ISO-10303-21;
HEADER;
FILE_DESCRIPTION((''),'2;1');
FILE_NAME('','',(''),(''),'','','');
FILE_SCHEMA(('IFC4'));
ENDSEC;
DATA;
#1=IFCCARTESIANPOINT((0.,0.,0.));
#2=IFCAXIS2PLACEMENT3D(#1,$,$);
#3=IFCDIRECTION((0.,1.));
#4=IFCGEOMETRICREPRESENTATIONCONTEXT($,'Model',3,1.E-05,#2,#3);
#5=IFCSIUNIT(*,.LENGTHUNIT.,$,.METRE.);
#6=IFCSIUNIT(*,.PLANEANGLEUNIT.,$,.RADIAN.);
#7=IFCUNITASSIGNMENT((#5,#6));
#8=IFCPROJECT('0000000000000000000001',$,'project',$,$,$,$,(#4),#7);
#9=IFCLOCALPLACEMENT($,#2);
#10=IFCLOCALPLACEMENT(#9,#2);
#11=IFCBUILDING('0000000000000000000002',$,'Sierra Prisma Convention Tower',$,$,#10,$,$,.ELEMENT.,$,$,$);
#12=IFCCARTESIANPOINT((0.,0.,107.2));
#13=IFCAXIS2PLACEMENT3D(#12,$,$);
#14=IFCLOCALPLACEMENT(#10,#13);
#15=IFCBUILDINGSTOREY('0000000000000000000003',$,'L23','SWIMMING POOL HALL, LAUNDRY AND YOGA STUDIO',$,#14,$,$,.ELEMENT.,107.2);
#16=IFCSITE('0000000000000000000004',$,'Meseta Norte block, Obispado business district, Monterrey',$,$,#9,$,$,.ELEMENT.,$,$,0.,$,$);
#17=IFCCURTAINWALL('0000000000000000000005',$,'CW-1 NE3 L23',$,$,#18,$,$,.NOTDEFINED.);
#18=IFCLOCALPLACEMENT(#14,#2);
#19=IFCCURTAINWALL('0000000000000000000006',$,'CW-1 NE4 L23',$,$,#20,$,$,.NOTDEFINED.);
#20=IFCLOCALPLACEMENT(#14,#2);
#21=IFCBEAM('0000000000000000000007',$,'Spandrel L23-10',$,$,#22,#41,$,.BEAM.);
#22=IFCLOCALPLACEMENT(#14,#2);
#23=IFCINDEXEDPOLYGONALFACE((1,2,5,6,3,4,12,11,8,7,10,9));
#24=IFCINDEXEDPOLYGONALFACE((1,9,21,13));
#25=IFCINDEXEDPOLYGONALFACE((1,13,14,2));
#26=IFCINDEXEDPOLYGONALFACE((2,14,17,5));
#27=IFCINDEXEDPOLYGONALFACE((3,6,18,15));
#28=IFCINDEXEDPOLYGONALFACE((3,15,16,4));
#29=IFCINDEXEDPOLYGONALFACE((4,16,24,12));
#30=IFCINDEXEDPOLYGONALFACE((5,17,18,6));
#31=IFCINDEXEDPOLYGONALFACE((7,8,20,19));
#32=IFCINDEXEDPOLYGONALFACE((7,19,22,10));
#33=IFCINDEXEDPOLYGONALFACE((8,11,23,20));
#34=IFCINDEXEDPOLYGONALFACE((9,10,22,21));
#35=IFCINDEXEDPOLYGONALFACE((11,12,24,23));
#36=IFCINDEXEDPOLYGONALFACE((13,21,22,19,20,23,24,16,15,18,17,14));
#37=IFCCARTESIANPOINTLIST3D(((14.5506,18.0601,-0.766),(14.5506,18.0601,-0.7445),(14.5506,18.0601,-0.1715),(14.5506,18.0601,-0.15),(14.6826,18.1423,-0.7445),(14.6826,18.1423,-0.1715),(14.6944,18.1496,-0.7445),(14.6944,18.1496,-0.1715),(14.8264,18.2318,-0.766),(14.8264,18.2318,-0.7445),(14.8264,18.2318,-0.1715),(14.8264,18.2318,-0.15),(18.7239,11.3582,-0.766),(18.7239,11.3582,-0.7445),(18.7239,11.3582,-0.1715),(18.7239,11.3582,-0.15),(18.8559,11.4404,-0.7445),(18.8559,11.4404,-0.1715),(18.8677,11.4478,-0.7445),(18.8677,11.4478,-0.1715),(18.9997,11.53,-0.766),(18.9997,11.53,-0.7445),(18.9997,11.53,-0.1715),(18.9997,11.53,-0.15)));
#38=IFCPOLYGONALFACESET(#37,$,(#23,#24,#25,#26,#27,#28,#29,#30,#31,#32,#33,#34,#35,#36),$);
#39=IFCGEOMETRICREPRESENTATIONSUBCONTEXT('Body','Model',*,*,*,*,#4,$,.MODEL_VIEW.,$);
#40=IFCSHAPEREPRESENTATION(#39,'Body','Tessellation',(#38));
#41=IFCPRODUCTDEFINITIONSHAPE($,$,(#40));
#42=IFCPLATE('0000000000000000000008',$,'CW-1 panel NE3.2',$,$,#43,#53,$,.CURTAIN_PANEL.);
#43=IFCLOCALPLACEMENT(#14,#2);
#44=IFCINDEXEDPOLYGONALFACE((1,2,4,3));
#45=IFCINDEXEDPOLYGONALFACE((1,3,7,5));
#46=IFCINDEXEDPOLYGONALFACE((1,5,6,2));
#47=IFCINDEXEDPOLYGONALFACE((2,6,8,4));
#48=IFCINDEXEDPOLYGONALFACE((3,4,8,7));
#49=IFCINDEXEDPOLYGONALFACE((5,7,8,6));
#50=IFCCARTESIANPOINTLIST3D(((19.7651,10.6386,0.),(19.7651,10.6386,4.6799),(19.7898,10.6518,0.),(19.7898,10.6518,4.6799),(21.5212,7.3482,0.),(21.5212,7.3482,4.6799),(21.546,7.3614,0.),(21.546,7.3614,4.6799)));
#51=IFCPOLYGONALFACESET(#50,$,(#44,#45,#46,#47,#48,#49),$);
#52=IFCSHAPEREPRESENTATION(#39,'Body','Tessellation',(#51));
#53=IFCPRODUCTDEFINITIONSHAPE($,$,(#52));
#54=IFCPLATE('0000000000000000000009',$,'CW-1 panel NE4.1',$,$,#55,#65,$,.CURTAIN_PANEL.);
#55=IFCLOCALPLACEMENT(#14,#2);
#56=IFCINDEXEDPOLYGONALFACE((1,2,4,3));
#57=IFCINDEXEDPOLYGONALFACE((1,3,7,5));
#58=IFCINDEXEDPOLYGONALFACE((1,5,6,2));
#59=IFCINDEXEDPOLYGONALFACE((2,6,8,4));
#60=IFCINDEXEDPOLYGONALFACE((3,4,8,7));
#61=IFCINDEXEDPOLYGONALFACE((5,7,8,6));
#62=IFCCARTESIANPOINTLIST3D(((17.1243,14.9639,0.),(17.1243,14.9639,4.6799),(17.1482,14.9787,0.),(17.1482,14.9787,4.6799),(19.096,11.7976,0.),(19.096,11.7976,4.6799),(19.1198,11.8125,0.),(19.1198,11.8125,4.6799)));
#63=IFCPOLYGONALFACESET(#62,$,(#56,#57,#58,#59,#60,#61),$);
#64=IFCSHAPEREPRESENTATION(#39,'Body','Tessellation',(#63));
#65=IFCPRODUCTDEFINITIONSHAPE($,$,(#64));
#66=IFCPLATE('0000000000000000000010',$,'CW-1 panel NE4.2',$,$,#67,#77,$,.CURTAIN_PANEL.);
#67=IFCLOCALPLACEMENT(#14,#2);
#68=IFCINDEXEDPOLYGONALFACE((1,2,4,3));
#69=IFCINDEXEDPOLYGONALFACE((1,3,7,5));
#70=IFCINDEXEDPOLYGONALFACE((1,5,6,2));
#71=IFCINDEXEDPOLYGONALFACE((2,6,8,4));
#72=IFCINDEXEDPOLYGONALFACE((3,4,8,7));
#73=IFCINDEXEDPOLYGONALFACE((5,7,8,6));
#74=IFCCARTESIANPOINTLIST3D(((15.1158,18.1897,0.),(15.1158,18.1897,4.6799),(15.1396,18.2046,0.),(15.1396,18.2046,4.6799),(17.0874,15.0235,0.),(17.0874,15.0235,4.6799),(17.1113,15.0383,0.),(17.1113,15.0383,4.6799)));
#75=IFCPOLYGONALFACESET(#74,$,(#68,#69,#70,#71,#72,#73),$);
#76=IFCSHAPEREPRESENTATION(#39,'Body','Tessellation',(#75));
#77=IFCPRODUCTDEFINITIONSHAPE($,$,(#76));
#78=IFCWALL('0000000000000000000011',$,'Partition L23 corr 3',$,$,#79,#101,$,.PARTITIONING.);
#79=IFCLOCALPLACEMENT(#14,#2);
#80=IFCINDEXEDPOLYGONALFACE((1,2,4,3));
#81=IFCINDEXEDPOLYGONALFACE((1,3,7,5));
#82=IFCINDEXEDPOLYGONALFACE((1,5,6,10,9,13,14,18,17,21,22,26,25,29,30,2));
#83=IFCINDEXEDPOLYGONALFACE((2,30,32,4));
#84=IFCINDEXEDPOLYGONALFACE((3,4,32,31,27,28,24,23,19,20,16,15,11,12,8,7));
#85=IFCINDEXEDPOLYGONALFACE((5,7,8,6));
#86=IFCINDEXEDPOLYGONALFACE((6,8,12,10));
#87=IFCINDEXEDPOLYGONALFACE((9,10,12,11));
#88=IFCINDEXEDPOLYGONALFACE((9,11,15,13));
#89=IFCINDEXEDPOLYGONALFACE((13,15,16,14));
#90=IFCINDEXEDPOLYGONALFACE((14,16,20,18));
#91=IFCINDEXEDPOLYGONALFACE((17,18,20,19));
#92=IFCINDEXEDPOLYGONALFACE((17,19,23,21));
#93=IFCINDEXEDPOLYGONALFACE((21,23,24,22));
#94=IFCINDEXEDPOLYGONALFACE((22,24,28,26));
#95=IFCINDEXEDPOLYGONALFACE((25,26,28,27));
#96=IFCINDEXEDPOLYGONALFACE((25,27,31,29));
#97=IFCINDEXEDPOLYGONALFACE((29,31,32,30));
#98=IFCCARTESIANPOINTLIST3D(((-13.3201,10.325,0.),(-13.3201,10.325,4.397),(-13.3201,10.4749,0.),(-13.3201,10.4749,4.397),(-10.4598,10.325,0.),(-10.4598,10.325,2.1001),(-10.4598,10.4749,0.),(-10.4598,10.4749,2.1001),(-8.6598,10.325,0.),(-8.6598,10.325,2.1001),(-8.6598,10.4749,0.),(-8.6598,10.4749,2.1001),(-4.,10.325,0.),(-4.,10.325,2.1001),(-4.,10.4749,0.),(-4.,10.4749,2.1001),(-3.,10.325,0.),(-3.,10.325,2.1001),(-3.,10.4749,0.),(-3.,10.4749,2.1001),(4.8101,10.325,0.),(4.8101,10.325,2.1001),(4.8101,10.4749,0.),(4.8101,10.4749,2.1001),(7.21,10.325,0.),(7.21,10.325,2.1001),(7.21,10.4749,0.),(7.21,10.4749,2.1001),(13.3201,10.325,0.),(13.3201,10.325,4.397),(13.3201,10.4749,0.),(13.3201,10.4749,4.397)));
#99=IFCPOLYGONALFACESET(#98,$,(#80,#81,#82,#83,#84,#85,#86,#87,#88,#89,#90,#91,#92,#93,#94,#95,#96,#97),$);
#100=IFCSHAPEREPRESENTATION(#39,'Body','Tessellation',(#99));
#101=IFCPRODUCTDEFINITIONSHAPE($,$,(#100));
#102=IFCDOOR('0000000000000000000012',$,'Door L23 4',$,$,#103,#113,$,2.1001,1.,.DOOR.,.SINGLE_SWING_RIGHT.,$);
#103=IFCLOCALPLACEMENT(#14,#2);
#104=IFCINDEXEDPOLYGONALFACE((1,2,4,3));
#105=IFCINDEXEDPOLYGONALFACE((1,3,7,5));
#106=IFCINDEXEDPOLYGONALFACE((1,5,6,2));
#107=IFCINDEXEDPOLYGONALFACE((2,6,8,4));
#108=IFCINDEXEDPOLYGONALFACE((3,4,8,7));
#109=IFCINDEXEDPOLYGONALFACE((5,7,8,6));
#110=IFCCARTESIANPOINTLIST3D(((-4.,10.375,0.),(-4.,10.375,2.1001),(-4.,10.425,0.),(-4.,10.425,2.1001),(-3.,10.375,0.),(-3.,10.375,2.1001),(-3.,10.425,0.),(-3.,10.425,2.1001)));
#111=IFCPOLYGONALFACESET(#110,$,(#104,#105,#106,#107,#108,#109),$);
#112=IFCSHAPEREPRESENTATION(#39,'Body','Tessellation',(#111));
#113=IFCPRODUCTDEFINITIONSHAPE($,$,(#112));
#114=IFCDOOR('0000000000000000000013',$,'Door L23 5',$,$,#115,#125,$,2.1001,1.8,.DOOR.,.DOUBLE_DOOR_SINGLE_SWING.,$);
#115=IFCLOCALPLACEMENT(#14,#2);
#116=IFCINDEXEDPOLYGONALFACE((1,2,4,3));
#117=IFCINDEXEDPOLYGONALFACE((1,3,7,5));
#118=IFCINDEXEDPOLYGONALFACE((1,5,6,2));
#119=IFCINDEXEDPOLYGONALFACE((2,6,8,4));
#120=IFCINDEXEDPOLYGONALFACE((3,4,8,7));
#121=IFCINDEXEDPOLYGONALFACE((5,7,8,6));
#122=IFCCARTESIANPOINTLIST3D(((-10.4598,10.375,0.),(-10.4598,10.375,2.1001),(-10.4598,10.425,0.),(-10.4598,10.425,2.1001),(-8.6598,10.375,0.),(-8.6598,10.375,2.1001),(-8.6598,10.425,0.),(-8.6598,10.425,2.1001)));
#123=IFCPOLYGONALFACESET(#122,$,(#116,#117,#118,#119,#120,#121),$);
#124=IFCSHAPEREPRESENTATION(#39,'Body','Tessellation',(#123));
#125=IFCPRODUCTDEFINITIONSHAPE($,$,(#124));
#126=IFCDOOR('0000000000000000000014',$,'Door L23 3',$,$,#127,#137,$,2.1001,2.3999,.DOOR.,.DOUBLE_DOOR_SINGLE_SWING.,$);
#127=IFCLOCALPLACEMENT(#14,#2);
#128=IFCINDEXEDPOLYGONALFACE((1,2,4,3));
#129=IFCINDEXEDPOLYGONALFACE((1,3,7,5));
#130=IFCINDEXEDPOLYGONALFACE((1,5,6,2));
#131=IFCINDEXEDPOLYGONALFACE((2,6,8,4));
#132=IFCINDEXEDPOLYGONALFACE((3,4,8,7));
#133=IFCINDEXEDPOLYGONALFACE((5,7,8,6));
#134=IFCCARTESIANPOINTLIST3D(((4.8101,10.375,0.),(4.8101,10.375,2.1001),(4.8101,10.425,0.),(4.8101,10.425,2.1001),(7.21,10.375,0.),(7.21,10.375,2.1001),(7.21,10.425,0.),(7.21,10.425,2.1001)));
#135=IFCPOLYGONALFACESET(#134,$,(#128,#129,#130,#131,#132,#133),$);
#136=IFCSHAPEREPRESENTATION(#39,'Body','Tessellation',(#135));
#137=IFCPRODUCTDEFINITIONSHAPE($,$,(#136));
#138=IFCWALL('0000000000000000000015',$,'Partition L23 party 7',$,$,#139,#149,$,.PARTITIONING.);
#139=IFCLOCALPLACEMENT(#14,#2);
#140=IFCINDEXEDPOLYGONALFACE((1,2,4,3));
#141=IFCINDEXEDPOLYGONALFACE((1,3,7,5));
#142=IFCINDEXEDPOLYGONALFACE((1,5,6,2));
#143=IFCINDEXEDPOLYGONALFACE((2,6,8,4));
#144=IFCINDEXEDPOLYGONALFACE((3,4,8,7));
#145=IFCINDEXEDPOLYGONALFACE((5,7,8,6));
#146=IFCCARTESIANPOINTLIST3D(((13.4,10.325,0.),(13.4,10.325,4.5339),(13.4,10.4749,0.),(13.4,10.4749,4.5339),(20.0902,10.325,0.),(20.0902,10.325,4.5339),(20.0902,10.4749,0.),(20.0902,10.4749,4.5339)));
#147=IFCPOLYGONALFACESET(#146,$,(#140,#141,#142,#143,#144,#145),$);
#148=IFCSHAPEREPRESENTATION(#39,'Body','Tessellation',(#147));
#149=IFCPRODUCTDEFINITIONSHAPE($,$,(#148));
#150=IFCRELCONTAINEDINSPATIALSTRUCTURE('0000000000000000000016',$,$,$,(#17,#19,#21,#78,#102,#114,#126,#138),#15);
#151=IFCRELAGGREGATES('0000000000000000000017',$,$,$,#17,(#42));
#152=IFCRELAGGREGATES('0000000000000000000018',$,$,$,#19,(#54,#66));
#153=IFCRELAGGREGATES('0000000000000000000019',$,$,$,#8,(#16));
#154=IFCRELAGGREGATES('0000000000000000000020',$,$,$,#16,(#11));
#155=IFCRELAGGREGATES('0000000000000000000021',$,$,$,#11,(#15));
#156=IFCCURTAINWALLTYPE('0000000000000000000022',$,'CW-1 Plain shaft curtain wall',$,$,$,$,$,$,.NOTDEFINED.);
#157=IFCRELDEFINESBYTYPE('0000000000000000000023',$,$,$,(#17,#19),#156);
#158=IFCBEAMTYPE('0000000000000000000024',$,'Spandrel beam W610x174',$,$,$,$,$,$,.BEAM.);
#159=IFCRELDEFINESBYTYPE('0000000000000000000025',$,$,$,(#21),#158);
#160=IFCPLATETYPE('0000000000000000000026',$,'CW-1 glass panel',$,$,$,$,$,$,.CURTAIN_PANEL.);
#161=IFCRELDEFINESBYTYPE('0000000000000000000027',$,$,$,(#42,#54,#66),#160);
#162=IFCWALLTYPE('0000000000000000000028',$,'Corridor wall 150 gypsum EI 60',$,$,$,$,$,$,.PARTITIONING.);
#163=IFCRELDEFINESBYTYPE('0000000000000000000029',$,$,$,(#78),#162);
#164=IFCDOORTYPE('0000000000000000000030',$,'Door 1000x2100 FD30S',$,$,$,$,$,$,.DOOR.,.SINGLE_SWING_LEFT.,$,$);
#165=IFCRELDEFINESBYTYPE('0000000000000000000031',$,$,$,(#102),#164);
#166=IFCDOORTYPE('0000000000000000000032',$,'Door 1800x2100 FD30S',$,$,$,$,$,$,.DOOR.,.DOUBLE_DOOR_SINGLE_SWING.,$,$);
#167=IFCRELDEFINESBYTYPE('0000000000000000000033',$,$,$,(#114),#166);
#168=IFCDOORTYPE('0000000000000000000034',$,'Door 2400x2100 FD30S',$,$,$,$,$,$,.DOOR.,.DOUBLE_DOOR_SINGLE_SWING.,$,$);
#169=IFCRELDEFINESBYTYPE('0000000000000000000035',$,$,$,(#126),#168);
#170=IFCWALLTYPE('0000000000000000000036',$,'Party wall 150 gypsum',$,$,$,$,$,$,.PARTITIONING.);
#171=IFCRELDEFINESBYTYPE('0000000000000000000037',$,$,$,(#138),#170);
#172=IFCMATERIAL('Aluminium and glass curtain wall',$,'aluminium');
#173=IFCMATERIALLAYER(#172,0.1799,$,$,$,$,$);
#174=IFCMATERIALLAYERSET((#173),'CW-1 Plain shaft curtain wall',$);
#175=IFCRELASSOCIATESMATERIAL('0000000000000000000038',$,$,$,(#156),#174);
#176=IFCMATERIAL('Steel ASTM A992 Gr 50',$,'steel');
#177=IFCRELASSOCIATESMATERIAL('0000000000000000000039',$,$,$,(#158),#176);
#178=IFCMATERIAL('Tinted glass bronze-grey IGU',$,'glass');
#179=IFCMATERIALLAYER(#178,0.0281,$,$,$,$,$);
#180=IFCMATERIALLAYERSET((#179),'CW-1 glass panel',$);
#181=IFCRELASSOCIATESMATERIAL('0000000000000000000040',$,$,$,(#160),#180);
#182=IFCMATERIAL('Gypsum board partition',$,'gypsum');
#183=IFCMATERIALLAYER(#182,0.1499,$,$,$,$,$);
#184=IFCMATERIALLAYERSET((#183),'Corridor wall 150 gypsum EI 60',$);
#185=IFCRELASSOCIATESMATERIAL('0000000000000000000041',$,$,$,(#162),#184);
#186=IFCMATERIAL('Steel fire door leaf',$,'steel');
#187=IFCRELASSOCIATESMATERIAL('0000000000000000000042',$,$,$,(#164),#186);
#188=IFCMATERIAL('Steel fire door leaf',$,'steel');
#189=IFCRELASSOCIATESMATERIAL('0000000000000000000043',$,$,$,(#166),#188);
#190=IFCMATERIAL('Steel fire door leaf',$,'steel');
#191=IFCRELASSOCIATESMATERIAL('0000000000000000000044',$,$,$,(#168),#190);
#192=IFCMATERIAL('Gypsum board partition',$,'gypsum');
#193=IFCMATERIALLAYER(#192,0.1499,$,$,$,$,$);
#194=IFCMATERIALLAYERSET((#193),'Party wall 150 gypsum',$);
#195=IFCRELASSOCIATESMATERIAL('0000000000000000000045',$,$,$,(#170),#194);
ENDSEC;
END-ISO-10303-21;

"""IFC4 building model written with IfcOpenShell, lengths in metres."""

from ifc_helpers import new_model, si_unit, direction, frame, frame_2d, origin, origin_2d, place, context, subcontext, project, spatial, rectangle, i_section, extrude, material, layer, layer_set, material_profile, profile_set, type_object, element, fill, aggregate, save


model = new_model("IFC4")

# Units and contexts
model_context = context("Model", 3, precision=1e-05, world=origin(), true_north=direction((0.0, 1.0)))
body_context = subcontext(model_context, "Body", "Model", "MODEL_VIEW")
ifc_project = project(units=[si_unit("LENGTHUNIT", "METRE"), si_unit("PLANEANGLEUNIT", "RADIAN")], contexts=[model_context])

# Site, building, storey
site_placement = place(None, origin())
site = spatial("IfcSite", under=ifc_project, at=site_placement, Name="Meseta Norte block, Obispado business district, Monterrey", CompositionType="ELEMENT", RefElevation=0.0)
building_placement = place(site_placement, origin())
building = spatial("IfcBuilding", under=site, at=building_placement, Name="Sierra Prisma Convention Tower", CompositionType="ELEMENT")
storey_placement = place(building_placement, frame((0.0, 0.0, 107.2)))
storey = spatial("IfcBuildingStorey", under=building, at=storey_placement, Name="L23", Description="SWIMMING POOL HALL, LAUNDRY AND YOGA STUDIO", CompositionType="ELEMENT", Elevation=107.2)

# Curtain walls
ifc_material_1 = material(Name="Aluminium and glass curtain wall", Category="aluminium")
ifc_layer_1 = layer(ifc_material_1, 0.1799)
ifc_layer_set_1 = layer_set([ifc_layer_1], Name="CW-1 Plain shaft curtain wall")
curtain_wall_type = type_object("IfcCurtainWallType", Name="CW-1 Plain shaft curtain wall", PredefinedType="NOTDEFINED", material=ifc_layer_set_1)
curtain_wall_1_placement = place(storey_placement, origin())
curtain_wall_1 = element("IfcCurtainWall", 1, at=curtain_wall_1_placement, inside=storey, type_object=curtain_wall_type, Name="CW-1 NE3 L23", PredefinedType="NOTDEFINED")
curtain_wall_2_placement = place(storey_placement, origin())
curtain_wall_2 = element("IfcCurtainWall", 2, at=curtain_wall_2_placement, inside=storey, type_object=curtain_wall_type, Name="CW-1 NE4 L23", PredefinedType="NOTDEFINED")

# Beam
ifc_material_2 = material(Name="Steel ASTM A992 Gr 50", Category="steel")
ifc_material_profile_1 = material_profile(ifc_material_2, i_section(OverallWidth=0.325, OverallDepth=0.616, WebThickness=0.0139, FlangeThickness=0.0215, at=origin_2d()), Name="W610x174")
ifc_profile_set_1 = profile_set([ifc_material_profile_1], Name="Steel ASTM A992 Gr 50")
beam_type_1 = type_object("IfcBeamType", Name="Spandrel beam W610x174", PredefinedType="BEAM", material=ifc_profile_set_1)
beam_1_placement = place(storey_placement, frame((18.8618, 11.4441, -0.458), z_axis=(-0.5286, 0.848871, 0.0), x_axis=(-0.848871, -0.5286, 0.0)))
element("IfcBeam", 3, at=beam_1_placement, inside=storey, type_object=beam_type_1, Name="Spandrel L23-10", PredefinedType="BEAM", context=body_context, shape_type="SweptSolid", body=[
    extrude(i_section(OverallWidth=0.325, OverallDepth=0.616, WebThickness=0.0139, FlangeThickness=0.0215, at=origin_2d()), origin(), (0.0, 0.0, 1.0), 7.895),
])

# Plates
ifc_material_3 = material(Name="Tinted glass bronze-grey IGU", Category="glass")
ifc_layer_2 = layer(ifc_material_3, 0.0281)
ifc_layer_set_2 = layer_set([ifc_layer_2], Name="CW-1 glass panel")
plate_type = type_object("IfcPlateType", Name="CW-1 glass panel", PredefinedType="CURTAIN_PANEL", material=ifc_layer_set_2)
plate_1_placement = place(storey_placement, frame((20.6555, 9.0, 0.0), z_axis=(0.0, 0.0, 1.0), x_axis=(-0.470848, 0.882214, 0.0)))
plate_1 = element("IfcPlate", 4, at=plate_1_placement, type_object=plate_type, Name="CW-1 panel NE3.2", PredefinedType="CURTAIN_PANEL", context=body_context, shape_type="SweptSolid", body=[
    extrude(rectangle(XDim=3.7297, YDim=0.0281, at=origin_2d()), origin(), (0.0, 0.0, 1.0), 4.6799),
])
aggregate(curtain_wall_1, [plate_1])
plate_2_placement = place(storey_placement, frame((18.1221, 13.3882, 0.0), z_axis=(0.0, 0.0, 1.0), x_axis=(-0.528596, 0.848874, 0.0)))
plate_2 = element("IfcPlate", 5, at=plate_2_placement, type_object=plate_type, Name="CW-1 panel NE4.1", PredefinedType="CURTAIN_PANEL", context=body_context, shape_type="SweptSolid", body=[
    extrude(rectangle(XDim=3.73, YDim=0.0281, at=origin_2d()), origin(), (0.0, 0.0, 1.0), 4.6799),
])
plate_3_placement = place(storey_placement, frame((16.1135, 16.614, 0.0), z_axis=(0.0, 0.0, 1.0), x_axis=(-0.528596, 0.848874, 0.0)))
plate_3 = element("IfcPlate", 6, at=plate_3_placement, type_object=plate_type, Name="CW-1 panel NE4.2", PredefinedType="CURTAIN_PANEL", context=body_context, shape_type="SweptSolid", body=[
    extrude(rectangle(XDim=3.73, YDim=0.0281, at=origin_2d()), origin(), (0.0, 0.0, 1.0), 4.6799),
])
aggregate(curtain_wall_2, [plate_2, plate_3])

# Wall, openings, doors
ifc_material_4 = material(Name="Gypsum board partition", Category="gypsum")
ifc_layer_3 = layer(ifc_material_4, 0.1499)
ifc_layer_set_3 = layer_set([ifc_layer_3], Name="Corridor wall 150 gypsum EI 60")
wall_type_1 = type_object("IfcWallType", Name="Corridor wall 150 gypsum EI 60", PredefinedType="PARTITIONING", material=ifc_layer_set_3)
wall_1_placement = place(storey_placement, frame((13.3201, 10.3999, 0.0), z_axis=(0.0, 0.0, 1.0), x_axis=(-1.0, 0.0, 0.0)))
wall_1 = element("IfcWall", 7, at=wall_1_placement, inside=storey, type_object=wall_type_1, Name="Partition L23 corr 3", PredefinedType="PARTITIONING", context=body_context, shape_type="SweptSolid", body=[
    extrude(rectangle(XDim=26.6401, YDim=0.1499, at=frame_2d((13.3201, 0.0))), origin(), (0.0, 0.0, 1.0), 4.397),
])
opening_1_placement = place(wall_1_placement, frame((6.1101, 0.0, 0.0)))
opening_1 = element("IfcOpeningElement", 8, at=opening_1_placement, cuts=wall_1, PredefinedType="OPENING", context=body_context, shape_type="SweptSolid", body=[
    extrude(rectangle(XDim=2.3999, YDim=2.1001, at=frame_2d((1.2, 1.05))), frame((0.0, 0.075, 0.0), z_axis=(0.0, -1.0, 0.0), x_axis=(1.0, 0.0, 0.0)), (0.0, 0.0, 1.0), 0.1499),
])
opening_2_placement = place(wall_1_placement, frame((16.3201, 0.0, 0.0)))
opening_2 = element("IfcOpeningElement", 9, at=opening_2_placement, cuts=wall_1, PredefinedType="OPENING", context=body_context, shape_type="SweptSolid", body=[
    extrude(rectangle(XDim=1.0, YDim=2.1001, at=frame_2d((0.5, 1.05))), frame((0.0, 0.075, 0.0), z_axis=(0.0, -1.0, 0.0), x_axis=(1.0, 0.0, 0.0)), (0.0, 0.0, 1.0), 0.1499),
])
opening_3_placement = place(wall_1_placement, frame((21.98, 0.0, 0.0)))
opening_3 = element("IfcOpeningElement", 10, at=opening_3_placement, cuts=wall_1, PredefinedType="OPENING", context=body_context, shape_type="SweptSolid", body=[
    extrude(rectangle(XDim=1.8, YDim=2.1001, at=frame_2d((0.8999, 1.05))), frame((0.0, 0.075, 0.0), z_axis=(0.0, -1.0, 0.0), x_axis=(1.0, 0.0, 0.0)), (0.0, 0.0, 1.0), 0.1499),
])
ifc_material_5 = material(Name="Steel fire door leaf", Category="steel")
door_type_1 = type_object("IfcDoorType", Name="Door 1000x2100 FD30S", OperationType="SINGLE_SWING_LEFT", PredefinedType="DOOR", material=ifc_material_5)
door_1_placement = place(opening_2_placement, origin())
door_1 = element("IfcDoor", 11, at=door_1_placement, inside=storey, type_object=door_type_1, Name="Door L23 4", OperationType="SINGLE_SWING_RIGHT", OverallHeight=2.1001, OverallWidth=1.0, PredefinedType="DOOR", context=body_context, shape_type="SweptSolid", body=[
    extrude(rectangle(XDim=1.0, YDim=2.1001, at=frame_2d((0.5, 1.05))), frame((0.0, 0.0249, 0.0), z_axis=(0.0, -1.0, 0.0), x_axis=(1.0, 0.0, 0.0)), (0.0, 0.0, 1.0), 0.05),
])
fill(opening_2, door_1)
ifc_material_6 = material(Name="Steel fire door leaf", Category="steel")
door_type_2 = type_object("IfcDoorType", Name="Door 1800x2100 FD30S", OperationType="DOUBLE_DOOR_SINGLE_SWING", PredefinedType="DOOR", material=ifc_material_6)
door_2_placement = place(opening_3_placement, origin())
door_2 = element("IfcDoor", 12, at=door_2_placement, inside=storey, type_object=door_type_2, Name="Door L23 5", OperationType="DOUBLE_DOOR_SINGLE_SWING", OverallHeight=2.1001, OverallWidth=1.8, PredefinedType="DOOR", context=body_context, shape_type="SweptSolid", body=[
    extrude(rectangle(XDim=1.8, YDim=2.1001, at=frame_2d((0.8999, 1.05))), frame((0.0, 0.0249, 0.0), z_axis=(0.0, -1.0, 0.0), x_axis=(1.0, 0.0, 0.0)), (0.0, 0.0, 1.0), 0.05),
])
fill(opening_3, door_2)
ifc_material_7 = material(Name="Steel fire door leaf", Category="steel")
door_type_3 = type_object("IfcDoorType", Name="Door 2400x2100 FD30S", OperationType="DOUBLE_DOOR_SINGLE_SWING", PredefinedType="DOOR", material=ifc_material_7)
door_3_placement = place(opening_1_placement, origin())
door_3 = element("IfcDoor", 13, at=door_3_placement, inside=storey, type_object=door_type_3, Name="Door L23 3", OperationType="DOUBLE_DOOR_SINGLE_SWING", OverallHeight=2.1001, OverallWidth=2.3999, PredefinedType="DOOR", context=body_context, shape_type="SweptSolid", body=[
    extrude(rectangle(XDim=2.3999, YDim=2.1001, at=frame_2d((1.2, 1.05))), frame((0.0, 0.0249, 0.0), z_axis=(0.0, -1.0, 0.0), x_axis=(1.0, 0.0, 0.0)), (0.0, 0.0, 1.0), 0.05),
])
fill(opening_1, door_3)

# Wall
ifc_material_8 = material(Name="Gypsum board partition", Category="gypsum")
ifc_layer_4 = layer(ifc_material_8, 0.1499)
ifc_layer_set_4 = layer_set([ifc_layer_4], Name="Party wall 150 gypsum")
wall_type_2 = type_object("IfcWallType", Name="Party wall 150 gypsum", PredefinedType="PARTITIONING", material=ifc_layer_set_4)
wall_2_placement = place(storey_placement, frame((13.3999, 10.3999, 0.0), z_axis=(0.0, 0.0, 1.0), x_axis=(1.0, 0.0, 0.0)))
element("IfcWall", 14, at=wall_2_placement, inside=storey, type_object=wall_type_2, Name="Partition L23 party 7", PredefinedType="PARTITIONING", context=body_context, shape_type="SweptSolid", body=[
    extrude(rectangle(XDim=6.6902, YDim=0.1499, at=frame_2d((3.3452, 0.0))), origin(), (0.0, 0.0, 1.0), 4.5339),
])

save(model, "model.ifc")
